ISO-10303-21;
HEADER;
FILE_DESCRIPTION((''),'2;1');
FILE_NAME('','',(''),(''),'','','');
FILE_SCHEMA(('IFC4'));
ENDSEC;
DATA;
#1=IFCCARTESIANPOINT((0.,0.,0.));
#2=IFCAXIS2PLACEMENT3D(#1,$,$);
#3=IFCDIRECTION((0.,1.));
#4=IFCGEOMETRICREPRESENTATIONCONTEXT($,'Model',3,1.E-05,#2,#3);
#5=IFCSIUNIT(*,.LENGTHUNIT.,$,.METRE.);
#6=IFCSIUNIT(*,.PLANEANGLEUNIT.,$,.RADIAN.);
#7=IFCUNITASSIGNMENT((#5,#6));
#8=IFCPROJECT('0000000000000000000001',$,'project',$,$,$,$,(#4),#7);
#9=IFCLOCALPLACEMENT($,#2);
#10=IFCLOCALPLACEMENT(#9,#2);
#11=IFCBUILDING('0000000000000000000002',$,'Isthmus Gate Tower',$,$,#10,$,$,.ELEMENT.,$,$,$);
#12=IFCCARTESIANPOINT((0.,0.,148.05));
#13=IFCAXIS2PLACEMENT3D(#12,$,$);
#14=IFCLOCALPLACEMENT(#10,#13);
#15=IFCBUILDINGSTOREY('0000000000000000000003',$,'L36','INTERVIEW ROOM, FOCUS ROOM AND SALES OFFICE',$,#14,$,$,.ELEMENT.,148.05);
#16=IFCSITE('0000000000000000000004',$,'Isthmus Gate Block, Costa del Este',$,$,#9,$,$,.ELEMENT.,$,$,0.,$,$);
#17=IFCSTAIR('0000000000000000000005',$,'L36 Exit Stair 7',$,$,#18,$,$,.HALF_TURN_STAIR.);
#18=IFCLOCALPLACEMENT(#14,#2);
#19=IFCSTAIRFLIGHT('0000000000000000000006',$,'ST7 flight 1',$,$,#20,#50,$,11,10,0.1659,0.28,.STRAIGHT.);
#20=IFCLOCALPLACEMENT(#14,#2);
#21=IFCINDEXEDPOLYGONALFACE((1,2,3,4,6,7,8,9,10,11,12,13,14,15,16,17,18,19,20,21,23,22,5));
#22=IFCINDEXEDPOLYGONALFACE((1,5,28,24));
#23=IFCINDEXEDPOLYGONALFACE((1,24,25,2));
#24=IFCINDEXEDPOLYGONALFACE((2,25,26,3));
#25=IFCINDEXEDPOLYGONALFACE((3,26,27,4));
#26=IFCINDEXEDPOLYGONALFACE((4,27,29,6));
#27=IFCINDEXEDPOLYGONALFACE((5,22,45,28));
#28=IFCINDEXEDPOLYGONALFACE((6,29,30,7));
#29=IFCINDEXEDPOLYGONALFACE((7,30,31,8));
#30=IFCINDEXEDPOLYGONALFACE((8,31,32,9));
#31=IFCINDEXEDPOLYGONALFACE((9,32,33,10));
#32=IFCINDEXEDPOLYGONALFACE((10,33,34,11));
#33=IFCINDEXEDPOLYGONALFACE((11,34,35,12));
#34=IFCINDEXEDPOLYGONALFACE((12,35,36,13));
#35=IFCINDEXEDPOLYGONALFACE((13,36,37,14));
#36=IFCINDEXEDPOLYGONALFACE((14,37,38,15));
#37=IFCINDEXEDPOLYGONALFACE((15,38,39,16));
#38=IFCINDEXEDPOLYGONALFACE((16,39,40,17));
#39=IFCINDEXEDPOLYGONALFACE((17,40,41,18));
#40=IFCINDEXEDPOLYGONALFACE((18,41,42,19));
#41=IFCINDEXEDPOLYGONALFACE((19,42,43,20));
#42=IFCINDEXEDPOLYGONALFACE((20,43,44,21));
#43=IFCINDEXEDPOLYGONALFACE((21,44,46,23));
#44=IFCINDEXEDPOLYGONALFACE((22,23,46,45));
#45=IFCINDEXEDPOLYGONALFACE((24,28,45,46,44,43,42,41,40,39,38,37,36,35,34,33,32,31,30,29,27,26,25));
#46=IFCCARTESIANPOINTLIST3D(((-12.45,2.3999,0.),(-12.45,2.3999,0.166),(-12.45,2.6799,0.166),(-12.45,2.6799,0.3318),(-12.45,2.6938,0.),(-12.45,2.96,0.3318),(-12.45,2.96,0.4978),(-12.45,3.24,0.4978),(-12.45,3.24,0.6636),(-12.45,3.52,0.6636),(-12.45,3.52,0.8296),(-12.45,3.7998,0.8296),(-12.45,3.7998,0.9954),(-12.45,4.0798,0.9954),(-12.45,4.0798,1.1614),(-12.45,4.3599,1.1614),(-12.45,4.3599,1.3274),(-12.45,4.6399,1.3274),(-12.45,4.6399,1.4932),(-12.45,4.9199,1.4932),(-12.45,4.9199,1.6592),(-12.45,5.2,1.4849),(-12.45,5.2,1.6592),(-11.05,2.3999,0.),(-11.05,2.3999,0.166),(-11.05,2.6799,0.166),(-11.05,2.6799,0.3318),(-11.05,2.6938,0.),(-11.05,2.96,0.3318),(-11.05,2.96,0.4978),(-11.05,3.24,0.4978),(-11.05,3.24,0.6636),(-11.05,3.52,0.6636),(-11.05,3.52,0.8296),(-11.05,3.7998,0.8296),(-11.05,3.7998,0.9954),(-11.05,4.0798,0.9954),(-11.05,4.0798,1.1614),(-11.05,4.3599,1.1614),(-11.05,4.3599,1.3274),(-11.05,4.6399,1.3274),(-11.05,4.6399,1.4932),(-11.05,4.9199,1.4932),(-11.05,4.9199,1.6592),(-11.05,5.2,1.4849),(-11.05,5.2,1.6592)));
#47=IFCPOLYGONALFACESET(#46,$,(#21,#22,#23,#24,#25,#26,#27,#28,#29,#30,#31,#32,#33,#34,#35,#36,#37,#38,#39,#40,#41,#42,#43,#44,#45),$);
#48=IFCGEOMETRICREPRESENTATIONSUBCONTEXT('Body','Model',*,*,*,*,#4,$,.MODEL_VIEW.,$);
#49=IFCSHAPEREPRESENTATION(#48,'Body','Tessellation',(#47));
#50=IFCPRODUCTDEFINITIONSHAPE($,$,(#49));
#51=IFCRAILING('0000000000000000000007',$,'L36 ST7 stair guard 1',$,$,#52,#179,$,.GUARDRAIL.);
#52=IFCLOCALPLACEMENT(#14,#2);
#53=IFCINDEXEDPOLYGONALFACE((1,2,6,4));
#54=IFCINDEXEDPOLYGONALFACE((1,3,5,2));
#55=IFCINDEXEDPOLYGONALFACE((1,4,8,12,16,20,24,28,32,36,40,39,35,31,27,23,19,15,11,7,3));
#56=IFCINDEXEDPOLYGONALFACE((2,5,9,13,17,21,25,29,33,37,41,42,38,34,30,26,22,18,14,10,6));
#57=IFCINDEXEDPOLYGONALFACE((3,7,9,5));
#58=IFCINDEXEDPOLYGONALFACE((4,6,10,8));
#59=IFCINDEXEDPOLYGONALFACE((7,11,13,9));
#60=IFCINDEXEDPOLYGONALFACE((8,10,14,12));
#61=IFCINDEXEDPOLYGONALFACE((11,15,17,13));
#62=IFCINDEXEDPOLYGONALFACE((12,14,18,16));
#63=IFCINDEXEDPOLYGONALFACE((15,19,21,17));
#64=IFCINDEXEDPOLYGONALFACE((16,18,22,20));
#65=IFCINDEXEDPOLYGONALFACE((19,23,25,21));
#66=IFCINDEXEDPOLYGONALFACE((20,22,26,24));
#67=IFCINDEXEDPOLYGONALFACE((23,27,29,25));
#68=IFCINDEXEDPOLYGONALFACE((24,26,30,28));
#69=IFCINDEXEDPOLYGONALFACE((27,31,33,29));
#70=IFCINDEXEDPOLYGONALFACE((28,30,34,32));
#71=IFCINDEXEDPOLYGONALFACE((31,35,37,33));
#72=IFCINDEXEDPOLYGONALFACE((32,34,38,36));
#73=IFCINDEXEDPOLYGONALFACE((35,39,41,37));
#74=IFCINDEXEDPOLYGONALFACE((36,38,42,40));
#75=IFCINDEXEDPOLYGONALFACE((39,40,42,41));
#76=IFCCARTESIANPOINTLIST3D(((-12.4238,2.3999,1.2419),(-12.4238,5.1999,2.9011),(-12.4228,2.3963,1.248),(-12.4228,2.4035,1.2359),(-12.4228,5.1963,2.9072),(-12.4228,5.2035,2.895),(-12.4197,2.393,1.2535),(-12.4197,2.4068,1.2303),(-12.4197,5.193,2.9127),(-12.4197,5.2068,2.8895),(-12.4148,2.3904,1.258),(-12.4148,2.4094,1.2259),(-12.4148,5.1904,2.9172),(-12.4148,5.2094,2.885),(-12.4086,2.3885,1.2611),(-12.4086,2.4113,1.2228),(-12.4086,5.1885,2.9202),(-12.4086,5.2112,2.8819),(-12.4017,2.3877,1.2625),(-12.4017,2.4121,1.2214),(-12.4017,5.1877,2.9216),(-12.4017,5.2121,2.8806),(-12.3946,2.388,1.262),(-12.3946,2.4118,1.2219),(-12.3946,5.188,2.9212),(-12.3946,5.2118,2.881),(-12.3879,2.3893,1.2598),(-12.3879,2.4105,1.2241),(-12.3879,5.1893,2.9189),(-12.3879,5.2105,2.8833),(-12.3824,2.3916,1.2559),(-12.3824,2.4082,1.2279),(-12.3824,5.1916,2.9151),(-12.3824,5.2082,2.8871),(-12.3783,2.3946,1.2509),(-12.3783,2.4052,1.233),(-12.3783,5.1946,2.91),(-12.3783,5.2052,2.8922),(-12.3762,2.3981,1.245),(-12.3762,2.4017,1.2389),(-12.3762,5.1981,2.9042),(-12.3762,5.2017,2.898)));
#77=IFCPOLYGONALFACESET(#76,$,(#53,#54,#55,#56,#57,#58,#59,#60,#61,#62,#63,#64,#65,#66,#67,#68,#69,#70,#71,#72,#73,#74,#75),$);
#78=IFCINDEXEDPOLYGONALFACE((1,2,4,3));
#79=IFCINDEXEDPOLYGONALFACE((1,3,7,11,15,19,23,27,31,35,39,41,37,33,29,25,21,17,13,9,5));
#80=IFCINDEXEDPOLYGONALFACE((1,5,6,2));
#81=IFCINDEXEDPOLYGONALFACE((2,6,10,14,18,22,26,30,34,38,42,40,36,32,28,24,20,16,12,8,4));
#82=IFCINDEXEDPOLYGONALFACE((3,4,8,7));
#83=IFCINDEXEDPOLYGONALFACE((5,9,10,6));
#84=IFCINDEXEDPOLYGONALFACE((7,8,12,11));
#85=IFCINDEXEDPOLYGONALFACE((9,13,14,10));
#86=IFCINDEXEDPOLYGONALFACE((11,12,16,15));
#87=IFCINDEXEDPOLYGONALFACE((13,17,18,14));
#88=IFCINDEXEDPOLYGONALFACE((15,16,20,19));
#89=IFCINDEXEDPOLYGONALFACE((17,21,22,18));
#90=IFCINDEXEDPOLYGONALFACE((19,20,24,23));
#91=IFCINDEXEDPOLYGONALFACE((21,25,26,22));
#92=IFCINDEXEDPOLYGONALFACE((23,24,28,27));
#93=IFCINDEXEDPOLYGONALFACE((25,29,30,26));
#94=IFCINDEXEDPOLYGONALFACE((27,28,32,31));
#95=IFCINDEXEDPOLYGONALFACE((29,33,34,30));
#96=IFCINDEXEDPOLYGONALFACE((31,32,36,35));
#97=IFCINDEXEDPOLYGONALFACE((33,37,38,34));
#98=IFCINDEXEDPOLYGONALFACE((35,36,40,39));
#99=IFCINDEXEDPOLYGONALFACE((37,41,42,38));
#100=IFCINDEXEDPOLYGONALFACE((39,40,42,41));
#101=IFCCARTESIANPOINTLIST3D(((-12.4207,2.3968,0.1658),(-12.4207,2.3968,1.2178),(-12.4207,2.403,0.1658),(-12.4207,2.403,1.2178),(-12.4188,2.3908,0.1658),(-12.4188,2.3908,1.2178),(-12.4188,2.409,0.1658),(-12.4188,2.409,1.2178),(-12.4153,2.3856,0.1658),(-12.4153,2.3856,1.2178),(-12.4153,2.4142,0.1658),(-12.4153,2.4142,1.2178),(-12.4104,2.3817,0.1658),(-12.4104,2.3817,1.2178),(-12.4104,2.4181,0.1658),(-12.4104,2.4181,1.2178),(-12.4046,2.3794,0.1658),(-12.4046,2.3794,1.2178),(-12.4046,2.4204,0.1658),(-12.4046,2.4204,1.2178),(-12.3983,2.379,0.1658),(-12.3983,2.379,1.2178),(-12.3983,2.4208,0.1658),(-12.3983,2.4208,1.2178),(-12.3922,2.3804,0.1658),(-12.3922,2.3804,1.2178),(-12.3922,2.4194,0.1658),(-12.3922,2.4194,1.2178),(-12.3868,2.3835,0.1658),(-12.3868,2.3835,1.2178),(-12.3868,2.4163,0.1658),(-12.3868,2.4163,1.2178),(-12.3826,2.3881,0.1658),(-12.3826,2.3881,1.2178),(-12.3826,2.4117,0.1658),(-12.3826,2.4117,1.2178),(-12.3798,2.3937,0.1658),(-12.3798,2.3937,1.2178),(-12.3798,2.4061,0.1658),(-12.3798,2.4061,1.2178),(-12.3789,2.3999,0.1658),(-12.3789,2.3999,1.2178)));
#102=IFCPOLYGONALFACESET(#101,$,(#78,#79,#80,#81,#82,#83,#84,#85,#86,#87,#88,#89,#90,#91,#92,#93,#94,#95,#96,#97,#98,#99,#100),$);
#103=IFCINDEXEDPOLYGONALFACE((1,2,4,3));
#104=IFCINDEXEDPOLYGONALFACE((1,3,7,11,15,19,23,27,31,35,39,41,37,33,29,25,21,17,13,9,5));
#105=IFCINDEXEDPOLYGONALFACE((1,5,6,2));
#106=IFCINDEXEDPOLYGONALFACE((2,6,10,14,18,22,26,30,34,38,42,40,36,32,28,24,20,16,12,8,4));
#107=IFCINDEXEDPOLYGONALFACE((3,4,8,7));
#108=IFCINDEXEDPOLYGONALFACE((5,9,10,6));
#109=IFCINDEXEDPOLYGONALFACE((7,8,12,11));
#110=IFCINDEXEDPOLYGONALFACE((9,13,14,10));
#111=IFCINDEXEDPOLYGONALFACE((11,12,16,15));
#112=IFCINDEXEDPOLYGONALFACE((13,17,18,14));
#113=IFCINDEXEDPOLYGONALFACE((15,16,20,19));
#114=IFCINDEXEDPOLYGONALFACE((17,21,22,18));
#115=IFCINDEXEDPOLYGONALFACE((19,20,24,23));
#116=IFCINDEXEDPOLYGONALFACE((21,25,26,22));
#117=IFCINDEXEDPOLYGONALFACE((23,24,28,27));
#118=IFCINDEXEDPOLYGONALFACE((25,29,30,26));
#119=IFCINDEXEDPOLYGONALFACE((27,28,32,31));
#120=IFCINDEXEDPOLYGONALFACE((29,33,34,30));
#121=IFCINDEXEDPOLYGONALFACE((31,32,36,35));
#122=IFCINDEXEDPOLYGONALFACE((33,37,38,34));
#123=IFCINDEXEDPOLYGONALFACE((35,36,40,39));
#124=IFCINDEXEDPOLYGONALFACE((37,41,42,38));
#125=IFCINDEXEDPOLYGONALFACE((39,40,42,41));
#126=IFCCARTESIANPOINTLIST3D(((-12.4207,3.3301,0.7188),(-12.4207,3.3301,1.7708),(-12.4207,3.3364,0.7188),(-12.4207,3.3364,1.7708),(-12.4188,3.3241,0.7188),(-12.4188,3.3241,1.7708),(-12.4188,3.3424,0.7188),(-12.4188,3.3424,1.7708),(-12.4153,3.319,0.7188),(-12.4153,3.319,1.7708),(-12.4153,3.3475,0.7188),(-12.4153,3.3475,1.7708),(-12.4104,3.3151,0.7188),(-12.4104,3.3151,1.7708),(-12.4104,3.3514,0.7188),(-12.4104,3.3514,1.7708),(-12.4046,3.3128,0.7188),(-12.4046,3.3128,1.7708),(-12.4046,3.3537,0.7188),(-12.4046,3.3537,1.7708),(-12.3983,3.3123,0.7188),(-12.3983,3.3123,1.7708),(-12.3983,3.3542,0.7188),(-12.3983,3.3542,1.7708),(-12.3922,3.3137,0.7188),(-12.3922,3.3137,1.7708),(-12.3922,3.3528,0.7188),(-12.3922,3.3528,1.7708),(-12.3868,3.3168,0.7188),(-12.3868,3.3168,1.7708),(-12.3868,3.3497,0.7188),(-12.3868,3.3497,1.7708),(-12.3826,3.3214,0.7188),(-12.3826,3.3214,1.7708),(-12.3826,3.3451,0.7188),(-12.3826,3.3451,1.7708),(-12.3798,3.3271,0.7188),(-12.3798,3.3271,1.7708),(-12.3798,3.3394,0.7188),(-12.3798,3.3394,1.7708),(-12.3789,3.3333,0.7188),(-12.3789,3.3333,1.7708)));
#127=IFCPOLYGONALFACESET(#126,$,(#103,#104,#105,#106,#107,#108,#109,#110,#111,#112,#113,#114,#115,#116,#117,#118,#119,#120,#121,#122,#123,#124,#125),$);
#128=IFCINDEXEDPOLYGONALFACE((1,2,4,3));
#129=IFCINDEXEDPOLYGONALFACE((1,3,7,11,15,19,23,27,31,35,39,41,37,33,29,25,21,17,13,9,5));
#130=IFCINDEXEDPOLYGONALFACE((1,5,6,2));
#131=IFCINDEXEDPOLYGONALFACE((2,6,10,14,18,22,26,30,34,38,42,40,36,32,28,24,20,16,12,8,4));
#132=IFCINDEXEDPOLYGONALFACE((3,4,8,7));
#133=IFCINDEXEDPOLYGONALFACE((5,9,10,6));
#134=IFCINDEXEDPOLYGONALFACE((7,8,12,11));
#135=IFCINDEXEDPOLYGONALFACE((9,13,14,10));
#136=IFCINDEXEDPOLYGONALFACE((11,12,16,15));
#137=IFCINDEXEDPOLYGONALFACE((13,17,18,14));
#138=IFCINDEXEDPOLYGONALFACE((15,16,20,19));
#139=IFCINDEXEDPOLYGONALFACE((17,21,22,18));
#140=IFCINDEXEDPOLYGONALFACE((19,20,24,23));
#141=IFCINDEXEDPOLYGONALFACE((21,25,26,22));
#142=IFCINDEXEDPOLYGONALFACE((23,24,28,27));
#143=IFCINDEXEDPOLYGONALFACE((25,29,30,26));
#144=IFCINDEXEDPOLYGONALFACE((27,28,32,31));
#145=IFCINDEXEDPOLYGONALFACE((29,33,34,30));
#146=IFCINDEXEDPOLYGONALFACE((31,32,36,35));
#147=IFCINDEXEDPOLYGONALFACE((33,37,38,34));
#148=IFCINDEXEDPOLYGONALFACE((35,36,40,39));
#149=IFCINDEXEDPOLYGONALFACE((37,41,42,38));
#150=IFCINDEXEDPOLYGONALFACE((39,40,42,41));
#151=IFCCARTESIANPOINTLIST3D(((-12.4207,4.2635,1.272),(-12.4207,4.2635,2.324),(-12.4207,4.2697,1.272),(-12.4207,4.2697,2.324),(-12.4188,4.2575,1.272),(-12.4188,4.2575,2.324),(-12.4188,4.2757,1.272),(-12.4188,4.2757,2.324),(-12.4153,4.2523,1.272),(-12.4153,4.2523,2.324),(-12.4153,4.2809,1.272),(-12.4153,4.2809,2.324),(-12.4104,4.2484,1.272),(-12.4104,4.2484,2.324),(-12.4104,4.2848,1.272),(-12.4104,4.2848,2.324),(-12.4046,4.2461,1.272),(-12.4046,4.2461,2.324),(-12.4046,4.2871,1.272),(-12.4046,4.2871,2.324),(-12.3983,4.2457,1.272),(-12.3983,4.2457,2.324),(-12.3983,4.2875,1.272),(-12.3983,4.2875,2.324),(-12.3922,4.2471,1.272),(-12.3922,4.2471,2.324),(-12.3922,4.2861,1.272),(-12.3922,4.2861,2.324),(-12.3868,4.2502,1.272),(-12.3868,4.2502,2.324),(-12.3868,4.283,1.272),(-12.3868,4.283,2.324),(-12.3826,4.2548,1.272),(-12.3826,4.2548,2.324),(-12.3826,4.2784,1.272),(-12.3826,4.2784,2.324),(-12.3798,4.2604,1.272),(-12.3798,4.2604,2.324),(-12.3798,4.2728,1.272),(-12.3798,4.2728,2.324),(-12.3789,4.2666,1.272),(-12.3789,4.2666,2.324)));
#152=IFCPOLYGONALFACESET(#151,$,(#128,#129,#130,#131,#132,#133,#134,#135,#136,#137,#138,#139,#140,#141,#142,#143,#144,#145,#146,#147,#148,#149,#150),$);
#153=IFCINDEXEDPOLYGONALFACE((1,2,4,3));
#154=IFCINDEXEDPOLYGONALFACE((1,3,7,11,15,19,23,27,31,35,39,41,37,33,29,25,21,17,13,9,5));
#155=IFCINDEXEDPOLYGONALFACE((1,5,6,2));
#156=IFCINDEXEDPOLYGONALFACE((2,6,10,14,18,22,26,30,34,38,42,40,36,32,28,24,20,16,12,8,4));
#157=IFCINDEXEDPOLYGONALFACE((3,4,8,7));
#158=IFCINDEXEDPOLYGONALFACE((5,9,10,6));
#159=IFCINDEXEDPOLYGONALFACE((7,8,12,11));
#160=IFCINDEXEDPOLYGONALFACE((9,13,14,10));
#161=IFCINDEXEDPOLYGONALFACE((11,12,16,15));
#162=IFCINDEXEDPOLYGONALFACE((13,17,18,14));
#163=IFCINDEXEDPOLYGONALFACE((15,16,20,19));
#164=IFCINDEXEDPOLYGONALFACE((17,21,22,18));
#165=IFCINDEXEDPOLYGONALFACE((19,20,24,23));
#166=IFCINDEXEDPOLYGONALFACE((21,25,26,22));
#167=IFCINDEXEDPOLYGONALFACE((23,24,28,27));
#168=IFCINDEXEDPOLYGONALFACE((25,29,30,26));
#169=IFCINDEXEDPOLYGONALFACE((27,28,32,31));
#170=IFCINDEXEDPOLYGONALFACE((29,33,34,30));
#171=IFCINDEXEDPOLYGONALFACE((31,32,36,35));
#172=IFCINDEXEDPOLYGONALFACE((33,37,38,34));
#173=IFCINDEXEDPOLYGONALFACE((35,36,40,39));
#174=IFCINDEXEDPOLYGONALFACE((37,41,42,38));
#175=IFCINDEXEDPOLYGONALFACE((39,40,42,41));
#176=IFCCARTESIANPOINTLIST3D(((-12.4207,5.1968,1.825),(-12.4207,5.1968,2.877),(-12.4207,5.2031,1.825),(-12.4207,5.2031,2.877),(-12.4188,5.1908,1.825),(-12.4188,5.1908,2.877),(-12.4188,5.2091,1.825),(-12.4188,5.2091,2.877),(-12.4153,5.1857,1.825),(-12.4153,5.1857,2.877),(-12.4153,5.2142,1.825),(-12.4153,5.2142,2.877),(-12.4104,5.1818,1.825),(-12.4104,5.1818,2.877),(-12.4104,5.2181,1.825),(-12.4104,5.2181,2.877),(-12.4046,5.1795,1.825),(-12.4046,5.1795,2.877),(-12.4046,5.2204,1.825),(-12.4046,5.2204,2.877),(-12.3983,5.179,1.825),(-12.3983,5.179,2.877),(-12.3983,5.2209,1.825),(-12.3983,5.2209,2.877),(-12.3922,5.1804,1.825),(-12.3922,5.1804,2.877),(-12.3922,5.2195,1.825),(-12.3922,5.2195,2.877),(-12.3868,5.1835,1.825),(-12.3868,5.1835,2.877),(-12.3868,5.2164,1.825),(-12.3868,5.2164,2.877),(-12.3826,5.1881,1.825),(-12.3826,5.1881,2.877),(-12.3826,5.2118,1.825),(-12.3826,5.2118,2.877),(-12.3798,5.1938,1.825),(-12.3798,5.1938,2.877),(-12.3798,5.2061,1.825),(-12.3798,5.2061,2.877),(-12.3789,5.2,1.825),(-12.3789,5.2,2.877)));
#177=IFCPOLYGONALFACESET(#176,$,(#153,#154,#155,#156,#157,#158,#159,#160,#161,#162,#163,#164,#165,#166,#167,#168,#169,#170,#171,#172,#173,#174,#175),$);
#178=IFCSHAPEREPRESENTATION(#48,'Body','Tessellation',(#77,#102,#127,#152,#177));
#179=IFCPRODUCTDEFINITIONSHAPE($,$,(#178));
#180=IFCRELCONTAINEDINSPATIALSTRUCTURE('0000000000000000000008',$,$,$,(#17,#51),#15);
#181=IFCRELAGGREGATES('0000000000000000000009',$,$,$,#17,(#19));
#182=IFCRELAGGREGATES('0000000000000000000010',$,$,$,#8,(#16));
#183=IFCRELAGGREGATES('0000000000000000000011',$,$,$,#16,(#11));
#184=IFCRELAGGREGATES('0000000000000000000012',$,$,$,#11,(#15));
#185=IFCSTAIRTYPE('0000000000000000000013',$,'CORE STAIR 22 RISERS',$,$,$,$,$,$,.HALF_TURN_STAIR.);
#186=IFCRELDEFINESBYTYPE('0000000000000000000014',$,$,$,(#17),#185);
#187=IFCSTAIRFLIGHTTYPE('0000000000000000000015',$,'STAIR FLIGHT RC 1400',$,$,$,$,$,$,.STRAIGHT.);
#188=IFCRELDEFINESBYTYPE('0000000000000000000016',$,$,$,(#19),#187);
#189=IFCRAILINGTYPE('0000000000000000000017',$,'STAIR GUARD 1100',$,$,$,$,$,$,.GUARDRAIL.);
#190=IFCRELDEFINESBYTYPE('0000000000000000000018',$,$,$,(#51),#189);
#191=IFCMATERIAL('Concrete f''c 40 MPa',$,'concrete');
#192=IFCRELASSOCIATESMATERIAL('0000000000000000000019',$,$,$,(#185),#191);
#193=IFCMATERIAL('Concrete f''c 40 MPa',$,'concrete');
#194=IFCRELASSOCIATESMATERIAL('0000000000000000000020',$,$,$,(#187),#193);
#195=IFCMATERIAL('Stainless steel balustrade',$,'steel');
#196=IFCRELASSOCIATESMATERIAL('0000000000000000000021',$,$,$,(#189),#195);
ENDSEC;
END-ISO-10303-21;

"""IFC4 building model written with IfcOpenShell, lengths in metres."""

from ifc_helpers import new_model, si_unit, direction, frame, origin, origin_2d, place, context, subcontext, project, spatial, polyline, circle, outline, extrude, material, type_object, element, aggregate, save


model = new_model("IFC4")

# Units and contexts
model_context = context("Model", 3, precision=1e-05, world=origin(), true_north=direction((0.0, 1.0)))
body_context = subcontext(model_context, "Body", "Model", "MODEL_VIEW")
ifc_project = project(units=[si_unit("LENGTHUNIT", "METRE"), si_unit("PLANEANGLEUNIT", "RADIAN")], contexts=[model_context])

# Site, building, storey
site_placement = place(None, origin())
site = spatial("IfcSite", under=ifc_project, at=site_placement, Name="Isthmus Gate Block, Costa del Este", CompositionType="ELEMENT", RefElevation=0.0)
building_placement = place(site_placement, origin())
building = spatial("IfcBuilding", under=site, at=building_placement, Name="Isthmus Gate Tower", CompositionType="ELEMENT")
storey_placement = place(building_placement, frame((0.0, 0.0, 148.05)))
storey = spatial("IfcBuildingStorey", under=building, at=storey_placement, Name="L36", Description="INTERVIEW ROOM, FOCUS ROOM AND SALES OFFICE", CompositionType="ELEMENT", Elevation=148.05)

# Stair, stair flight
ifc_material_1 = material(Name="Concrete f'c 40 MPa", Category="concrete")
stair_type = type_object("IfcStairType", Name="CORE STAIR 22 RISERS", PredefinedType="HALF_TURN_STAIR", material=ifc_material_1)
stair_placement = place(storey_placement, origin())
stair = element("IfcStair", 1, at=stair_placement, inside=storey, type_object=stair_type, Name="L36 Exit Stair 7", PredefinedType="HALF_TURN_STAIR")
ifc_material_2 = material(Name="Concrete f'c 40 MPa", Category="concrete")
stair_flight_type = type_object("IfcStairFlightType", Name="STAIR FLIGHT RC 1400", PredefinedType="STRAIGHT", material=ifc_material_2)
stair_flight_placement = place(storey_placement, frame((-11.75, 2.3999, 0.0), z_axis=(0.0, 0.0, 1.0), x_axis=(0.0, 1.0, 0.0)))
stair_flight = element("IfcStairFlight", 2, at=stair_flight_placement, type_object=stair_flight_type, Name="ST7 flight 1", NumberOfRisers=11, NumberOfTreads=10, PredefinedType="STRAIGHT", RiserHeight=0.1659, TreadLength=0.28, context=body_context, shape_type="SweptSolid", body=[
    extrude(outline(polyline([(0.0, 0.0), (0.0, 0.166), (0.28, 0.166), (0.28, 0.3318), (0.5601, 0.3318), (0.5601, 0.4978), (0.8401, 0.4978), (0.8401, 0.6636), (1.1201, 0.6636), (1.1201, 0.8296), (1.3999, 0.8296), (1.3999, 0.9954), (1.6799, 0.9954), (1.6799, 1.1614), (1.96, 1.1614), (1.96, 1.3274), (2.24, 1.3274), (2.24, 1.4932), (2.52, 1.4932), (2.52, 1.6592), (2.8, 1.6592), (2.8, 1.825), (2.8, 1.4849), (0.2939, 0.0), (0.0, 0.0)])), frame((0.0, 0.7, 0.0), z_axis=(0.0, -1.0, 0.0), x_axis=(1.0, 0.0, 0.0)), (0.0, 0.0, 1.0), 1.3999),
])
aggregate(stair, [stair_flight])

# Railing
ifc_material_3 = material(Name="Stainless steel balustrade", Category="steel")
railing_type_1 = type_object("IfcRailingType", Name="STAIR GUARD 1100", PredefinedType="GUARDRAIL", material=ifc_material_3)
railing_1_placement = place(storey_placement, frame((-12.3999, 2.3999, 0.1658)))
element("IfcRailing", 3, at=railing_1_placement, inside=storey, type_object=railing_type_1, Name="L36 ST7 stair guard 1", PredefinedType="GUARDRAIL", context=body_context, shape_type="SweptSolid", body=[
    extrude(circle(Radius=0.0239, at=origin_2d()), frame((0.0, 0.0, 1.0762), z_axis=(0.0, 0.860306, 0.509778), x_axis=(-1.0, 0.0, 0.0)), (0.0, 0.0, 1.0), 3.2546),
    extrude(circle(Radius=0.021, at=origin_2d()), origin(), (0.0, 0.0, 1.0), 1.052),
    extrude(circle(Radius=0.021, at=origin_2d()), frame((0.0, 0.9333, 0.553)), (0.0, 0.0, 1.0), 1.052),
    extrude(circle(Radius=0.021, at=origin_2d()), frame((0.0, 1.8667, 1.1062)), (0.0, 0.0, 1.0), 1.052),
    extrude(circle(Radius=0.021, at=origin_2d()), frame((0.0, 2.8, 1.6592)), (0.0, 0.0, 1.0), 1.052),
])

save(model, "model.ifc")
